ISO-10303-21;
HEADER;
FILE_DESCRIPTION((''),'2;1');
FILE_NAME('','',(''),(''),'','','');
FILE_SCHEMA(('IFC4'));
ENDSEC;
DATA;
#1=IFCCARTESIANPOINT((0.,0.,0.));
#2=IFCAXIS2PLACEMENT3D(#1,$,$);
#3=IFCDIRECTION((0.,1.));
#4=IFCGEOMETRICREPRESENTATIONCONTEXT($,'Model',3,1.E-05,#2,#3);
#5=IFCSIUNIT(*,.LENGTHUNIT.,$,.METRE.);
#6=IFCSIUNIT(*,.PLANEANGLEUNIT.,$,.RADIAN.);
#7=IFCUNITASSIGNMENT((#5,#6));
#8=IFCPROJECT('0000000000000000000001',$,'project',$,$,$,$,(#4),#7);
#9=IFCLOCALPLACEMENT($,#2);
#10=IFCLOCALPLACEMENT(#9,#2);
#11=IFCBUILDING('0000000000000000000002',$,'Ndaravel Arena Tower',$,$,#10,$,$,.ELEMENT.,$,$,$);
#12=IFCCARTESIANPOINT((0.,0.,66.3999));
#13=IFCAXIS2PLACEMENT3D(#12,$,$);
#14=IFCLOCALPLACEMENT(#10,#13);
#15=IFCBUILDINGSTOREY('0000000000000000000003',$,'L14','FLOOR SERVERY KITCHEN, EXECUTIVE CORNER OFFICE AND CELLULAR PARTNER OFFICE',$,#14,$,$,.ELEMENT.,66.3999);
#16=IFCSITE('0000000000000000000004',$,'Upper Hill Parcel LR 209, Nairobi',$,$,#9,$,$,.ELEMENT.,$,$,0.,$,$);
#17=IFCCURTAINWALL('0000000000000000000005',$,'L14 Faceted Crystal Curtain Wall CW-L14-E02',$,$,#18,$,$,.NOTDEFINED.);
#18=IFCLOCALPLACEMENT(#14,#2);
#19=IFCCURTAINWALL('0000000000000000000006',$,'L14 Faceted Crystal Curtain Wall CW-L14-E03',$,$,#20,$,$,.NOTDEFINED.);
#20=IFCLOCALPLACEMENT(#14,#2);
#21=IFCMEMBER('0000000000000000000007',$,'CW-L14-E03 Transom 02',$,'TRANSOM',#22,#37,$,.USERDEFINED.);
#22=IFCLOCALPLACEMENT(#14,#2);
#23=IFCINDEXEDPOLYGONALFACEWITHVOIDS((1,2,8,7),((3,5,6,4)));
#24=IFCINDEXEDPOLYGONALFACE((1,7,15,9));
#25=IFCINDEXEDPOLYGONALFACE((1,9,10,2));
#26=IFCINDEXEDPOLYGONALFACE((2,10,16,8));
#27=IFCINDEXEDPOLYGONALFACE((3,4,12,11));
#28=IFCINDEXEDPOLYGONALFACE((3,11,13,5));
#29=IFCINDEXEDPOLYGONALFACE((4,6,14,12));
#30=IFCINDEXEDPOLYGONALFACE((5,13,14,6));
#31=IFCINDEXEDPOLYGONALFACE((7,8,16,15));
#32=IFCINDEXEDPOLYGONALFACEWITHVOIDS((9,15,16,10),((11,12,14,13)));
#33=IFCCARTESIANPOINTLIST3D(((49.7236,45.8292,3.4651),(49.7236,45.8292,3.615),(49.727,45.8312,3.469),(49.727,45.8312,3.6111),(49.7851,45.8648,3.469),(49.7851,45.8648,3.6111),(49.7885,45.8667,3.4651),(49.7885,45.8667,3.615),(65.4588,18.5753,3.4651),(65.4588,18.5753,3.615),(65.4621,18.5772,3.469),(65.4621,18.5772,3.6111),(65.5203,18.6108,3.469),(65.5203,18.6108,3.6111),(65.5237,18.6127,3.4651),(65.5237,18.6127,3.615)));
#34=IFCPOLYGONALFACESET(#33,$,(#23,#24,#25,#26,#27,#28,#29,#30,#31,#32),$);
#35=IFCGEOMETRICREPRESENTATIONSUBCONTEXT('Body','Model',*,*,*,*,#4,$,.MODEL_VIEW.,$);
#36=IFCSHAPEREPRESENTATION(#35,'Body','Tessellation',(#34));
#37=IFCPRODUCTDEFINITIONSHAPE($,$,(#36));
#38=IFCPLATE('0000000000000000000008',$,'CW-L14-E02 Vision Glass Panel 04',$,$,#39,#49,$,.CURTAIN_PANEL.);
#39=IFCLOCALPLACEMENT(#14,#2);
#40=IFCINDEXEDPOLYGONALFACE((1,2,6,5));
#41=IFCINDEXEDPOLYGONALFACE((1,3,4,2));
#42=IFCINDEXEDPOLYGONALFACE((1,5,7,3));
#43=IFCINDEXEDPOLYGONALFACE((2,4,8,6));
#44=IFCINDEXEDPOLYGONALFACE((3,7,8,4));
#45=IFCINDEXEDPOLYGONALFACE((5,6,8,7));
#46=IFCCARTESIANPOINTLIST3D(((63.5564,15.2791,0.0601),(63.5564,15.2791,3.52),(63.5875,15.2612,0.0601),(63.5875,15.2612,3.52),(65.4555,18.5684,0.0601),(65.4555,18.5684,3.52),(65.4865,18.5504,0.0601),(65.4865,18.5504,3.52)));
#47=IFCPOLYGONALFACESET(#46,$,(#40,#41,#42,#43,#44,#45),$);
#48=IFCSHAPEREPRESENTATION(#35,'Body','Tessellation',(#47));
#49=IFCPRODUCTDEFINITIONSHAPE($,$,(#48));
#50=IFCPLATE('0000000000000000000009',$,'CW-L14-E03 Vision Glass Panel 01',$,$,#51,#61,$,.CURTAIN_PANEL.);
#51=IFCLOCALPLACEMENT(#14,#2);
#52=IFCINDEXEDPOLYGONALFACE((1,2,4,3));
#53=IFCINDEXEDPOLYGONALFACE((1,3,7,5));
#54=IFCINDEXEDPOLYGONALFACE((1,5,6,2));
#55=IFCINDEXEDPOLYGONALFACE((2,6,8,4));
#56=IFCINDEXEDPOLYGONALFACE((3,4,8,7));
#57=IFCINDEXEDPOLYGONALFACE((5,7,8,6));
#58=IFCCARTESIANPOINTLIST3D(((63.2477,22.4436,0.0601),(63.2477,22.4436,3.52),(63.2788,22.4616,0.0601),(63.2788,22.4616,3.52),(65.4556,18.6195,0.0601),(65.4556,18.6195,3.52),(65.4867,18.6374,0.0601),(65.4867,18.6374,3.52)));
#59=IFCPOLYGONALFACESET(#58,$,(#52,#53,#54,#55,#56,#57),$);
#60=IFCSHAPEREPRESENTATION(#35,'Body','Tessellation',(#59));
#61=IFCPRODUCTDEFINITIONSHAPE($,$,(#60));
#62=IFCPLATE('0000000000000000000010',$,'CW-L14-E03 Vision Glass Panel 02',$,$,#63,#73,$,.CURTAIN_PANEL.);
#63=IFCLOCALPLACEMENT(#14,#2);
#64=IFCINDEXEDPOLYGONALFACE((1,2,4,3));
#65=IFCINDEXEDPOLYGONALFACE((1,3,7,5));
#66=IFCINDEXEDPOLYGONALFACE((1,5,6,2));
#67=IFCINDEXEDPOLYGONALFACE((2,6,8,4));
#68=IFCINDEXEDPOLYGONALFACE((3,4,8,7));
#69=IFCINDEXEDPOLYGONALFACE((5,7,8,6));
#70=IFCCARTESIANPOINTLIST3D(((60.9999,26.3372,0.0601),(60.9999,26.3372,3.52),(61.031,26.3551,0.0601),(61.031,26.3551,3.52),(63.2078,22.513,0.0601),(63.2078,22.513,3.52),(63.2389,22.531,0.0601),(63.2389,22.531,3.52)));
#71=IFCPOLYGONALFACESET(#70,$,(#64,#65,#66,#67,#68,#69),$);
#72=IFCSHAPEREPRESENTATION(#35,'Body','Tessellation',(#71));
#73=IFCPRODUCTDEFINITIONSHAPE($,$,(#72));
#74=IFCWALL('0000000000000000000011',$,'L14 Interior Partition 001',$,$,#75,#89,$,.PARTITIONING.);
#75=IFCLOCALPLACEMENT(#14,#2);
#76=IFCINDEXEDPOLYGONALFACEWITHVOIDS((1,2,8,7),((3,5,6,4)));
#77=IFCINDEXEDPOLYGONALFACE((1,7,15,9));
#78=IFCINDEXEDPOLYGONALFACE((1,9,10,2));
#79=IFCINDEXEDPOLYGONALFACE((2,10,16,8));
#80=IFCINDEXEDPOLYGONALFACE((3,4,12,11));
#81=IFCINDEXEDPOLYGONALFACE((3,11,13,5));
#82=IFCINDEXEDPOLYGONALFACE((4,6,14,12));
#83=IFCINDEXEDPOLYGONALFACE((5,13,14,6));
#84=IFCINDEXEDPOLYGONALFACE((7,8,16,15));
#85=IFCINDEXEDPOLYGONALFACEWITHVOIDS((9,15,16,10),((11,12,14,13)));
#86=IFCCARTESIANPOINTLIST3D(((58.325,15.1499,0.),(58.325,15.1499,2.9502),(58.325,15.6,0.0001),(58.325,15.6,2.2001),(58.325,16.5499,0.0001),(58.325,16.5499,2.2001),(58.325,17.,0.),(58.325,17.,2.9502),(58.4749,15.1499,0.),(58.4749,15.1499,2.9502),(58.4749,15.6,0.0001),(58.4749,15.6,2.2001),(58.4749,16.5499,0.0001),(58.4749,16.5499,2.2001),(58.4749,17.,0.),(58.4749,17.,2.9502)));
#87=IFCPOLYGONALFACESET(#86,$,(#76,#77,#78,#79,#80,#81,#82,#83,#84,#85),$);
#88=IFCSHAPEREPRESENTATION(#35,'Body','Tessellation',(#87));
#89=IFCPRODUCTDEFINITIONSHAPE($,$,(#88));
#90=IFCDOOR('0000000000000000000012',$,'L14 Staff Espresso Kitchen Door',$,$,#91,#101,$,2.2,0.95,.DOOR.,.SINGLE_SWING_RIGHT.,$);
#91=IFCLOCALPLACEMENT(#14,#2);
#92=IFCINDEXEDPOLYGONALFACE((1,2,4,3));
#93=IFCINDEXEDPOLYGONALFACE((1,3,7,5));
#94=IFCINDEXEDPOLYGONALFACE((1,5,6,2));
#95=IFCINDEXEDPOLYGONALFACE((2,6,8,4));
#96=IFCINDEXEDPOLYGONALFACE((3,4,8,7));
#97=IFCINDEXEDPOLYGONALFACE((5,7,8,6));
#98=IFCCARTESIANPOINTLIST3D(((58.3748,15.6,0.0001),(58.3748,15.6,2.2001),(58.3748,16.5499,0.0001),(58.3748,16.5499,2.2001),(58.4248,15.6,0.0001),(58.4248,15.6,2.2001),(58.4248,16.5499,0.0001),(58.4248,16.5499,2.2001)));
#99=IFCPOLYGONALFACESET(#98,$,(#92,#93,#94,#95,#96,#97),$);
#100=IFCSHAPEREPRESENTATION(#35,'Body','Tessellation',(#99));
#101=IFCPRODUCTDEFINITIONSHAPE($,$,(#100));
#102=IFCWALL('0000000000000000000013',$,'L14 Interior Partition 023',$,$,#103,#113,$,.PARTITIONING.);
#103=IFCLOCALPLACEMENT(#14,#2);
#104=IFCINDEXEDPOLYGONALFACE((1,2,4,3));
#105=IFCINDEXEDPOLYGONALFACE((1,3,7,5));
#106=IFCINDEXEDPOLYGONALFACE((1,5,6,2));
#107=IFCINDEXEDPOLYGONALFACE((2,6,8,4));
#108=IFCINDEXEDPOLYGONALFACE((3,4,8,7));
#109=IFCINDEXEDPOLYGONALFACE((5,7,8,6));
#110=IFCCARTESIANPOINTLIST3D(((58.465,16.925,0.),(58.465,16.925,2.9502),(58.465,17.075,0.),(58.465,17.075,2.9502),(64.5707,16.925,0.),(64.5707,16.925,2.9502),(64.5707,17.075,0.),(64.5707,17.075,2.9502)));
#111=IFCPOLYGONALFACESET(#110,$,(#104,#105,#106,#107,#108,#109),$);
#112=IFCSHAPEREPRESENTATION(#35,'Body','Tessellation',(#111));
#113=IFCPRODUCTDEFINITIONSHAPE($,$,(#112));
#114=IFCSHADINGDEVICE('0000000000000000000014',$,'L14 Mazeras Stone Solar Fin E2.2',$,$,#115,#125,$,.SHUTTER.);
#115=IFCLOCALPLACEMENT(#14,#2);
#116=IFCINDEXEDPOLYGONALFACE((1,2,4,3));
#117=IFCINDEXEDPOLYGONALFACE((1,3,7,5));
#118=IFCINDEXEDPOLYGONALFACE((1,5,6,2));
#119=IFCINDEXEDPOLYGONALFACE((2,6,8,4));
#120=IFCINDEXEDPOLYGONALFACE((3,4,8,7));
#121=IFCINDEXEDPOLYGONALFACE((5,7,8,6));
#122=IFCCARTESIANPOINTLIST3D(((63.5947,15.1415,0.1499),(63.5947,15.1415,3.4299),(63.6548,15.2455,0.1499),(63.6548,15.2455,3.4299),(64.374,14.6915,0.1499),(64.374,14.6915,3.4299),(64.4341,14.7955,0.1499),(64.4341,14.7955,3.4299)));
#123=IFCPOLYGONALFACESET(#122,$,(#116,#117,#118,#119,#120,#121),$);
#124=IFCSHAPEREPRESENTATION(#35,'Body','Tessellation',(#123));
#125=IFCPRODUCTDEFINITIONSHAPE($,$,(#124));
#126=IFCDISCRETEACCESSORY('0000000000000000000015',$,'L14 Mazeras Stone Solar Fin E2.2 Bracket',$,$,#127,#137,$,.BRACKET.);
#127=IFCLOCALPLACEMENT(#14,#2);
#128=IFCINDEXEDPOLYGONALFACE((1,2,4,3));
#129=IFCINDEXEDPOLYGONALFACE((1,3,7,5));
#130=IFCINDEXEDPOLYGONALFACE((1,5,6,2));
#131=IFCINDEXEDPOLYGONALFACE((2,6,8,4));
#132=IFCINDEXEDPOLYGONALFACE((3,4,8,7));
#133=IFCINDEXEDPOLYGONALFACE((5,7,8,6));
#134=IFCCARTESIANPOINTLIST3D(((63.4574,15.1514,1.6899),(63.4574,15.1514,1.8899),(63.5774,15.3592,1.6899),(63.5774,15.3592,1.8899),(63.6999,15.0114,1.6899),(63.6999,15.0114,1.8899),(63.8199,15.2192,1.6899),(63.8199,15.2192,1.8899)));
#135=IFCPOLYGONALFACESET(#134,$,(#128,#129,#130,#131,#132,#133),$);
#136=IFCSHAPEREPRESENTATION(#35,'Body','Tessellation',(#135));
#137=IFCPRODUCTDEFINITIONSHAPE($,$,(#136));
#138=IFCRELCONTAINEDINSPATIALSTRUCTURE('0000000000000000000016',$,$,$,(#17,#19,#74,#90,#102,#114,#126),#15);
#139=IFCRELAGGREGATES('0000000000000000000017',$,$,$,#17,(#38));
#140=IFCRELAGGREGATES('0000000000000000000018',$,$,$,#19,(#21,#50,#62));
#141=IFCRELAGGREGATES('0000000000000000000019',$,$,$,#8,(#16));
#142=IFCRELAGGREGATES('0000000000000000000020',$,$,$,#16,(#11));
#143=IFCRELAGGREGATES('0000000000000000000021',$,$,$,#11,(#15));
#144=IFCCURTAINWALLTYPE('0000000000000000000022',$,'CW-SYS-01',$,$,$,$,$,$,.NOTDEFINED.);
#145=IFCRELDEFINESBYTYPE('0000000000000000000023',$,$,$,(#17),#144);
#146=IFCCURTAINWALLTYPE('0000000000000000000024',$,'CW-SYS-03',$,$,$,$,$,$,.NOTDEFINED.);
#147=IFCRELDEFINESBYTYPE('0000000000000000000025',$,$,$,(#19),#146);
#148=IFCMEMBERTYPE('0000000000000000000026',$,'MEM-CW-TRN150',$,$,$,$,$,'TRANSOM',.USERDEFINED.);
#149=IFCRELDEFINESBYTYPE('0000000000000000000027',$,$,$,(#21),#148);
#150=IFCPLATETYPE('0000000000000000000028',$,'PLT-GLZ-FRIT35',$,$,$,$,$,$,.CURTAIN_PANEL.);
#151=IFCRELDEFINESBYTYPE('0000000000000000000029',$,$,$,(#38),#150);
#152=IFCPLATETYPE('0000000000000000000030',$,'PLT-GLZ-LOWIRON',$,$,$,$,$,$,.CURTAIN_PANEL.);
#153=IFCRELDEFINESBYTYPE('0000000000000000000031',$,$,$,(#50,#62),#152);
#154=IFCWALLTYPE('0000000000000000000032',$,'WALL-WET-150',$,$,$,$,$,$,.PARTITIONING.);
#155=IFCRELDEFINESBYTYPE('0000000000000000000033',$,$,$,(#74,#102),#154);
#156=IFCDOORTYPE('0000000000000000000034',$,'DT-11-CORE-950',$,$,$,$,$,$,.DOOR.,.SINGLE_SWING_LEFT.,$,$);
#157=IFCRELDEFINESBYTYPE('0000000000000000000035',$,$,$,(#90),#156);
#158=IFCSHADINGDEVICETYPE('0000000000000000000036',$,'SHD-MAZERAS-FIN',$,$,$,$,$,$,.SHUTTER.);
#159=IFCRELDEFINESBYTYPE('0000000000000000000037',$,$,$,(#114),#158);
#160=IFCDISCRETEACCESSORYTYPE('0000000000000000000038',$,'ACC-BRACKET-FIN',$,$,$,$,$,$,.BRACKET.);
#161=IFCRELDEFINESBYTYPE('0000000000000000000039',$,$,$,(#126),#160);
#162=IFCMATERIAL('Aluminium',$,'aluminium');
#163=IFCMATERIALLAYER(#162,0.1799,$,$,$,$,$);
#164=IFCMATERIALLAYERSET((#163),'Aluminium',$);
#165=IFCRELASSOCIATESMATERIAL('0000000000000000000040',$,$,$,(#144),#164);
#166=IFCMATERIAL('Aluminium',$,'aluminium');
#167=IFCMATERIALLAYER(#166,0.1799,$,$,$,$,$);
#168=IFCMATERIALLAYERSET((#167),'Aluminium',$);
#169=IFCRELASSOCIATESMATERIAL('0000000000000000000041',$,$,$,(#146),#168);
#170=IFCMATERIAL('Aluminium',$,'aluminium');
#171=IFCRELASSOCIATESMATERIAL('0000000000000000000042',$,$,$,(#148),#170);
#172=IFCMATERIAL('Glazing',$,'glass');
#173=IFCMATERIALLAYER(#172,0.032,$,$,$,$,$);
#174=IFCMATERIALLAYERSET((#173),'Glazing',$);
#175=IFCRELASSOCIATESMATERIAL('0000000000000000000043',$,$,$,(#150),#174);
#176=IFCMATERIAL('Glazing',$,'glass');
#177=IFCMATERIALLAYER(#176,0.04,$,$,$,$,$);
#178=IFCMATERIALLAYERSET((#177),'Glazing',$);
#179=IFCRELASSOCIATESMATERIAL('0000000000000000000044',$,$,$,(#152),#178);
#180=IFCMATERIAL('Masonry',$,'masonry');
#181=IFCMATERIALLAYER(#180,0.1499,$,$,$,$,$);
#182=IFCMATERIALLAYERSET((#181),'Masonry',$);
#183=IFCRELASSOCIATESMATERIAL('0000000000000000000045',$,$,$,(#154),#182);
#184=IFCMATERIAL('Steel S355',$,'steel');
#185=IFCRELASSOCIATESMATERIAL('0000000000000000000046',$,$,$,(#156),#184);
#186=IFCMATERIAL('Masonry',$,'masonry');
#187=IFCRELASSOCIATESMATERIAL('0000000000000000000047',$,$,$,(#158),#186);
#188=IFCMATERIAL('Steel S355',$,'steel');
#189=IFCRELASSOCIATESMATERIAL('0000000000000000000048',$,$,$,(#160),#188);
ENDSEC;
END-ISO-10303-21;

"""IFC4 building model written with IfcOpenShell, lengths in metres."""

from ifc_helpers import new_model, si_unit, direction, frame, frame_2d, origin, origin_2d, place, context, subcontext, project, spatial, rectangle, hollow_rectangle, extrude, material, layer, layer_set, material_profile, profile_set, type_object, element, fill, aggregate, save


model = new_model("IFC4")

# Units and contexts
model_context = context("Model", 3, precision=1e-05, world=origin(), true_north=direction((0.0, 1.0)))
body_context = subcontext(model_context, "Body", "Model", "MODEL_VIEW")
ifc_project = project(units=[si_unit("LENGTHUNIT", "METRE"), si_unit("PLANEANGLEUNIT", "RADIAN")], contexts=[model_context])

# Site, building, storey
site_placement = place(None, origin())
site = spatial("IfcSite", under=ifc_project, at=site_placement, Name="Upper Hill Parcel LR 209, Nairobi", CompositionType="ELEMENT", RefElevation=0.0)
building_placement = place(site_placement, origin())
building = spatial("IfcBuilding", under=site, at=building_placement, Name="Ndaravel Arena Tower", CompositionType="ELEMENT")
storey_placement = place(building_placement, frame((0.0, 0.0, 66.3999)))
storey = spatial("IfcBuildingStorey", under=building, at=storey_placement, Name="L14", Description="FLOOR SERVERY KITCHEN, EXECUTIVE CORNER OFFICE AND CELLULAR PARTNER OFFICE", CompositionType="ELEMENT", Elevation=66.3999)

# Curtain wall
ifc_material_1 = material(Name="Aluminium", Category="aluminium")
ifc_layer_1 = layer(ifc_material_1, 0.1799)
ifc_layer_set_1 = layer_set([ifc_layer_1], Name="Aluminium")
curtain_wall_type_1 = type_object("IfcCurtainWallType", Name="CW-SYS-01", PredefinedType="NOTDEFINED", material=ifc_layer_set_1)
curtain_wall_1_placement = place(storey_placement, origin())
curtain_wall_1 = element("IfcCurtainWall", 1, at=curtain_wall_1_placement, inside=storey, type_object=curtain_wall_type_1, Name="L14 Faceted Crystal Curtain Wall CW-L14-E02", PredefinedType="NOTDEFINED")

# Curtain wall, member
ifc_material_2 = material(Name="Aluminium", Category="aluminium")
ifc_layer_2 = layer(ifc_material_2, 0.1799)
ifc_layer_set_2 = layer_set([ifc_layer_2], Name="Aluminium")
curtain_wall_type_2 = type_object("IfcCurtainWallType", Name="CW-SYS-03", PredefinedType="NOTDEFINED", material=ifc_layer_set_2)
curtain_wall_2_placement = place(storey_placement, origin())
curtain_wall_2 = element("IfcCurtainWall", 2, at=curtain_wall_2_placement, inside=storey, type_object=curtain_wall_type_2, Name="L14 Faceted Crystal Curtain Wall CW-L14-E03", PredefinedType="NOTDEFINED")
ifc_material_3 = material(Name="Aluminium", Category="aluminium")
ifc_material_profile_1 = material_profile(ifc_material_3, hollow_rectangle(XDim=0.075, YDim=0.1499, WallThickness=0.0039, at=origin_2d()), Name="CW TRANSOM 75x150x4")
ifc_profile_set_1 = profile_set([ifc_material_profile_1], Name="Aluminium")
member_type_1 = type_object("IfcMemberType", Name="MEM-CW-TRN150", ElementType="TRANSOM", PredefinedType="USERDEFINED", material=ifc_profile_set_1)
member_1_placement = place(storey_placement, frame((65.4912, 18.594, 3.54), z_axis=(-0.500001, 0.866025, 0.0), x_axis=(-0.866025, -0.500001, 0.0)))
member_1 = element("IfcMember", 3, at=member_1_placement, type_object=member_type_1, Name="CW-L14-E03 Transom 02", ObjectType="TRANSOM", PredefinedType="USERDEFINED", context=body_context, shape_type="SweptSolid", body=[
    extrude(hollow_rectangle(XDim=0.075, YDim=0.1499, WallThickness=0.0039, at=origin_2d()), origin(), (0.0, 0.0, 1.0), 31.4702),
])

# Plates
ifc_material_4 = material(Name="Glazing", Category="glass")
ifc_layer_3 = layer(ifc_material_4, 0.032)
ifc_layer_set_3 = layer_set([ifc_layer_3], Name="Glazing")
plate_type_1 = type_object("IfcPlateType", Name="PLT-GLZ-FRIT35", PredefinedType="CURTAIN_PANEL", material=ifc_layer_set_3)
plate_1_placement = place(storey_placement, frame((64.5215, 16.9148, 0.0601), z_axis=(0.0, 0.0, 1.0), x_axis=(0.5, 0.866025, 0.0)))
plate_1 = element("IfcPlate", 4, at=plate_1_placement, type_object=plate_type_1, Name="CW-L14-E02 Vision Glass Panel 04", PredefinedType="CURTAIN_PANEL", context=body_context, shape_type="SweptSolid", body=[
    extrude(rectangle(XDim=3.7981, YDim=0.0359, at=origin_2d()), origin(), (0.0, 0.0, 1.0), 3.46),
])
aggregate(curtain_wall_1, [plate_1])
ifc_material_5 = material(Name="Glazing", Category="glass")
ifc_layer_4 = layer(ifc_material_5, 0.04)
ifc_layer_set_4 = layer_set([ifc_layer_4], Name="Glazing")
plate_type_2 = type_object("IfcPlateType", Name="PLT-GLZ-LOWIRON", PredefinedType="CURTAIN_PANEL", material=ifc_layer_set_4)
plate_2_placement = place(storey_placement, frame((64.3672, 20.5405, 0.0601), z_axis=(0.0, 0.0, 1.0), x_axis=(-0.5, 0.866025, 0.0)))
plate_2 = element("IfcPlate", 5, at=plate_2_placement, type_object=plate_type_2, Name="CW-L14-E03 Vision Glass Panel 01", PredefinedType="CURTAIN_PANEL", context=body_context, shape_type="SweptSolid", body=[
    extrude(rectangle(XDim=4.4158, YDim=0.0359, at=origin_2d()), origin(), (0.0, 0.0, 1.0), 3.46),
])
plate_3_placement = place(storey_placement, frame((62.1194, 24.4341, 0.0601), z_axis=(0.0, 0.0, 1.0), x_axis=(-0.5, 0.866025, 0.0)))
plate_3 = element("IfcPlate", 6, at=plate_3_placement, type_object=plate_type_2, Name="CW-L14-E03 Vision Glass Panel 02", PredefinedType="CURTAIN_PANEL", context=body_context, shape_type="SweptSolid", body=[
    extrude(rectangle(XDim=4.4158, YDim=0.0359, at=origin_2d()), origin(), (0.0, 0.0, 1.0), 3.46),
])
aggregate(curtain_wall_2, [member_1, plate_2, plate_3])

# Wall, opening, door
ifc_material_6 = material(Name="Masonry", Category="masonry")
ifc_layer_5 = layer(ifc_material_6, 0.1499)
ifc_layer_set_5 = layer_set([ifc_layer_5], Name="Masonry")
wall_type = type_object("IfcWallType", Name="WALL-WET-150", PredefinedType="PARTITIONING", material=ifc_layer_set_5)
wall_1_placement = place(storey_placement, frame((58.3999, 17.0, 0.0), z_axis=(0.0, 0.0, 1.0), x_axis=(0.0, -1.0, 0.0)))
wall_1 = element("IfcWall", 7, at=wall_1_placement, inside=storey, type_object=wall_type, Name="L14 Interior Partition 001", PredefinedType="PARTITIONING", context=body_context, shape_type="SweptSolid", body=[
    extrude(rectangle(XDim=1.8501, YDim=0.1499, at=frame_2d((0.925, 0.0))), origin(), (0.0, 0.0, 1.0), 2.9502),
])
opening_placement = place(wall_1_placement, frame((0.45, 0.0, 0.0)))
opening = element("IfcOpeningElement", 8, at=opening_placement, cuts=wall_1, PredefinedType="OPENING", context=body_context, shape_type="SweptSolid", body=[
    extrude(rectangle(XDim=0.95, YDim=2.2, at=frame_2d((0.4751, 1.1001))), frame((0.0, 0.075, 0.0), z_axis=(0.0, -1.0, 0.0), x_axis=(1.0, 0.0, 0.0)), (0.0, 0.0, 1.0), 0.1499),
])
ifc_material_7 = material(Name="Steel S355", Category="steel")
door_type = type_object("IfcDoorType", Name="DT-11-CORE-950", OperationType="SINGLE_SWING_LEFT", PredefinedType="DOOR", material=ifc_material_7)
door_placement = place(opening_placement, origin())
door = element("IfcDoor", 9, at=door_placement, inside=storey, type_object=door_type, Name="L14 Staff Espresso Kitchen Door", OperationType="SINGLE_SWING_RIGHT", OverallHeight=2.2, OverallWidth=0.95, PredefinedType="DOOR", context=body_context, shape_type="SweptSolid", body=[
    extrude(rectangle(XDim=0.95, YDim=2.2, at=frame_2d((0.4751, 1.1001))), frame((0.0, 0.0249, 0.0), z_axis=(0.0, -1.0, 0.0), x_axis=(1.0, 0.0, 0.0)), (0.0, 0.0, 1.0), 0.05),
])
fill(opening, door)

# Wall
wall_2_placement = place(storey_placement, frame((58.4651, 17.0, 0.0), z_axis=(0.0, 0.0, 1.0), x_axis=(1.0, 0.0, 0.0)))
element("IfcWall", 10, at=wall_2_placement, inside=storey, type_object=wall_type, Name="L14 Interior Partition 023", PredefinedType="PARTITIONING", context=body_context, shape_type="SweptSolid", body=[
    extrude(rectangle(XDim=6.1057, YDim=0.1499, at=frame_2d((3.0527, 0.0))), origin(), (0.0, 0.0, 1.0), 2.9502),
])

# Shading device
ifc_material_8 = material(Name="Masonry", Category="masonry")
shading_device_type = type_object("IfcShadingDeviceType", Name="SHD-MAZERAS-FIN", PredefinedType="SHUTTER", material=ifc_material_8)
shading_device_placement = place(storey_placement, frame((64.0144, 14.9685, 0.1499), z_axis=(0.0, 0.0, 1.0), x_axis=(0.866025, -0.5, 0.0)))
element("IfcShadingDevice", 11, at=shading_device_placement, inside=storey, type_object=shading_device_type, Name="L14 Mazeras Stone Solar Fin E2.2", PredefinedType="SHUTTER", context=body_context, shape_type="SweptSolid", body=[
    extrude(rectangle(XDim=0.8999, YDim=0.1201, at=origin_2d()), origin(), (0.0, 0.0, 1.0), 3.28),
])

# Discrete accessory
ifc_material_9 = material(Name="Steel S355", Category="steel")
discrete_accessory_type = type_object("IfcDiscreteAccessoryType", Name="ACC-BRACKET-FIN", PredefinedType="BRACKET", material=ifc_material_9)
discrete_accessory_placement = place(storey_placement, frame((63.6387, 15.1853, 1.6899), z_axis=(0.0, 0.0, 1.0), x_axis=(0.866025, -0.5, 0.0)))
element("IfcDiscreteAccessory", 12, at=discrete_accessory_placement, inside=storey, type_object=discrete_accessory_type, Name="L14 Mazeras Stone Solar Fin E2.2 Bracket", PredefinedType="BRACKET", context=body_context, shape_type="SweptSolid", body=[
    extrude(rectangle(XDim=0.28, YDim=0.24, at=origin_2d()), origin(), (0.0, 0.0, 1.0), 0.2),
])

save(model, "model.ifc")
